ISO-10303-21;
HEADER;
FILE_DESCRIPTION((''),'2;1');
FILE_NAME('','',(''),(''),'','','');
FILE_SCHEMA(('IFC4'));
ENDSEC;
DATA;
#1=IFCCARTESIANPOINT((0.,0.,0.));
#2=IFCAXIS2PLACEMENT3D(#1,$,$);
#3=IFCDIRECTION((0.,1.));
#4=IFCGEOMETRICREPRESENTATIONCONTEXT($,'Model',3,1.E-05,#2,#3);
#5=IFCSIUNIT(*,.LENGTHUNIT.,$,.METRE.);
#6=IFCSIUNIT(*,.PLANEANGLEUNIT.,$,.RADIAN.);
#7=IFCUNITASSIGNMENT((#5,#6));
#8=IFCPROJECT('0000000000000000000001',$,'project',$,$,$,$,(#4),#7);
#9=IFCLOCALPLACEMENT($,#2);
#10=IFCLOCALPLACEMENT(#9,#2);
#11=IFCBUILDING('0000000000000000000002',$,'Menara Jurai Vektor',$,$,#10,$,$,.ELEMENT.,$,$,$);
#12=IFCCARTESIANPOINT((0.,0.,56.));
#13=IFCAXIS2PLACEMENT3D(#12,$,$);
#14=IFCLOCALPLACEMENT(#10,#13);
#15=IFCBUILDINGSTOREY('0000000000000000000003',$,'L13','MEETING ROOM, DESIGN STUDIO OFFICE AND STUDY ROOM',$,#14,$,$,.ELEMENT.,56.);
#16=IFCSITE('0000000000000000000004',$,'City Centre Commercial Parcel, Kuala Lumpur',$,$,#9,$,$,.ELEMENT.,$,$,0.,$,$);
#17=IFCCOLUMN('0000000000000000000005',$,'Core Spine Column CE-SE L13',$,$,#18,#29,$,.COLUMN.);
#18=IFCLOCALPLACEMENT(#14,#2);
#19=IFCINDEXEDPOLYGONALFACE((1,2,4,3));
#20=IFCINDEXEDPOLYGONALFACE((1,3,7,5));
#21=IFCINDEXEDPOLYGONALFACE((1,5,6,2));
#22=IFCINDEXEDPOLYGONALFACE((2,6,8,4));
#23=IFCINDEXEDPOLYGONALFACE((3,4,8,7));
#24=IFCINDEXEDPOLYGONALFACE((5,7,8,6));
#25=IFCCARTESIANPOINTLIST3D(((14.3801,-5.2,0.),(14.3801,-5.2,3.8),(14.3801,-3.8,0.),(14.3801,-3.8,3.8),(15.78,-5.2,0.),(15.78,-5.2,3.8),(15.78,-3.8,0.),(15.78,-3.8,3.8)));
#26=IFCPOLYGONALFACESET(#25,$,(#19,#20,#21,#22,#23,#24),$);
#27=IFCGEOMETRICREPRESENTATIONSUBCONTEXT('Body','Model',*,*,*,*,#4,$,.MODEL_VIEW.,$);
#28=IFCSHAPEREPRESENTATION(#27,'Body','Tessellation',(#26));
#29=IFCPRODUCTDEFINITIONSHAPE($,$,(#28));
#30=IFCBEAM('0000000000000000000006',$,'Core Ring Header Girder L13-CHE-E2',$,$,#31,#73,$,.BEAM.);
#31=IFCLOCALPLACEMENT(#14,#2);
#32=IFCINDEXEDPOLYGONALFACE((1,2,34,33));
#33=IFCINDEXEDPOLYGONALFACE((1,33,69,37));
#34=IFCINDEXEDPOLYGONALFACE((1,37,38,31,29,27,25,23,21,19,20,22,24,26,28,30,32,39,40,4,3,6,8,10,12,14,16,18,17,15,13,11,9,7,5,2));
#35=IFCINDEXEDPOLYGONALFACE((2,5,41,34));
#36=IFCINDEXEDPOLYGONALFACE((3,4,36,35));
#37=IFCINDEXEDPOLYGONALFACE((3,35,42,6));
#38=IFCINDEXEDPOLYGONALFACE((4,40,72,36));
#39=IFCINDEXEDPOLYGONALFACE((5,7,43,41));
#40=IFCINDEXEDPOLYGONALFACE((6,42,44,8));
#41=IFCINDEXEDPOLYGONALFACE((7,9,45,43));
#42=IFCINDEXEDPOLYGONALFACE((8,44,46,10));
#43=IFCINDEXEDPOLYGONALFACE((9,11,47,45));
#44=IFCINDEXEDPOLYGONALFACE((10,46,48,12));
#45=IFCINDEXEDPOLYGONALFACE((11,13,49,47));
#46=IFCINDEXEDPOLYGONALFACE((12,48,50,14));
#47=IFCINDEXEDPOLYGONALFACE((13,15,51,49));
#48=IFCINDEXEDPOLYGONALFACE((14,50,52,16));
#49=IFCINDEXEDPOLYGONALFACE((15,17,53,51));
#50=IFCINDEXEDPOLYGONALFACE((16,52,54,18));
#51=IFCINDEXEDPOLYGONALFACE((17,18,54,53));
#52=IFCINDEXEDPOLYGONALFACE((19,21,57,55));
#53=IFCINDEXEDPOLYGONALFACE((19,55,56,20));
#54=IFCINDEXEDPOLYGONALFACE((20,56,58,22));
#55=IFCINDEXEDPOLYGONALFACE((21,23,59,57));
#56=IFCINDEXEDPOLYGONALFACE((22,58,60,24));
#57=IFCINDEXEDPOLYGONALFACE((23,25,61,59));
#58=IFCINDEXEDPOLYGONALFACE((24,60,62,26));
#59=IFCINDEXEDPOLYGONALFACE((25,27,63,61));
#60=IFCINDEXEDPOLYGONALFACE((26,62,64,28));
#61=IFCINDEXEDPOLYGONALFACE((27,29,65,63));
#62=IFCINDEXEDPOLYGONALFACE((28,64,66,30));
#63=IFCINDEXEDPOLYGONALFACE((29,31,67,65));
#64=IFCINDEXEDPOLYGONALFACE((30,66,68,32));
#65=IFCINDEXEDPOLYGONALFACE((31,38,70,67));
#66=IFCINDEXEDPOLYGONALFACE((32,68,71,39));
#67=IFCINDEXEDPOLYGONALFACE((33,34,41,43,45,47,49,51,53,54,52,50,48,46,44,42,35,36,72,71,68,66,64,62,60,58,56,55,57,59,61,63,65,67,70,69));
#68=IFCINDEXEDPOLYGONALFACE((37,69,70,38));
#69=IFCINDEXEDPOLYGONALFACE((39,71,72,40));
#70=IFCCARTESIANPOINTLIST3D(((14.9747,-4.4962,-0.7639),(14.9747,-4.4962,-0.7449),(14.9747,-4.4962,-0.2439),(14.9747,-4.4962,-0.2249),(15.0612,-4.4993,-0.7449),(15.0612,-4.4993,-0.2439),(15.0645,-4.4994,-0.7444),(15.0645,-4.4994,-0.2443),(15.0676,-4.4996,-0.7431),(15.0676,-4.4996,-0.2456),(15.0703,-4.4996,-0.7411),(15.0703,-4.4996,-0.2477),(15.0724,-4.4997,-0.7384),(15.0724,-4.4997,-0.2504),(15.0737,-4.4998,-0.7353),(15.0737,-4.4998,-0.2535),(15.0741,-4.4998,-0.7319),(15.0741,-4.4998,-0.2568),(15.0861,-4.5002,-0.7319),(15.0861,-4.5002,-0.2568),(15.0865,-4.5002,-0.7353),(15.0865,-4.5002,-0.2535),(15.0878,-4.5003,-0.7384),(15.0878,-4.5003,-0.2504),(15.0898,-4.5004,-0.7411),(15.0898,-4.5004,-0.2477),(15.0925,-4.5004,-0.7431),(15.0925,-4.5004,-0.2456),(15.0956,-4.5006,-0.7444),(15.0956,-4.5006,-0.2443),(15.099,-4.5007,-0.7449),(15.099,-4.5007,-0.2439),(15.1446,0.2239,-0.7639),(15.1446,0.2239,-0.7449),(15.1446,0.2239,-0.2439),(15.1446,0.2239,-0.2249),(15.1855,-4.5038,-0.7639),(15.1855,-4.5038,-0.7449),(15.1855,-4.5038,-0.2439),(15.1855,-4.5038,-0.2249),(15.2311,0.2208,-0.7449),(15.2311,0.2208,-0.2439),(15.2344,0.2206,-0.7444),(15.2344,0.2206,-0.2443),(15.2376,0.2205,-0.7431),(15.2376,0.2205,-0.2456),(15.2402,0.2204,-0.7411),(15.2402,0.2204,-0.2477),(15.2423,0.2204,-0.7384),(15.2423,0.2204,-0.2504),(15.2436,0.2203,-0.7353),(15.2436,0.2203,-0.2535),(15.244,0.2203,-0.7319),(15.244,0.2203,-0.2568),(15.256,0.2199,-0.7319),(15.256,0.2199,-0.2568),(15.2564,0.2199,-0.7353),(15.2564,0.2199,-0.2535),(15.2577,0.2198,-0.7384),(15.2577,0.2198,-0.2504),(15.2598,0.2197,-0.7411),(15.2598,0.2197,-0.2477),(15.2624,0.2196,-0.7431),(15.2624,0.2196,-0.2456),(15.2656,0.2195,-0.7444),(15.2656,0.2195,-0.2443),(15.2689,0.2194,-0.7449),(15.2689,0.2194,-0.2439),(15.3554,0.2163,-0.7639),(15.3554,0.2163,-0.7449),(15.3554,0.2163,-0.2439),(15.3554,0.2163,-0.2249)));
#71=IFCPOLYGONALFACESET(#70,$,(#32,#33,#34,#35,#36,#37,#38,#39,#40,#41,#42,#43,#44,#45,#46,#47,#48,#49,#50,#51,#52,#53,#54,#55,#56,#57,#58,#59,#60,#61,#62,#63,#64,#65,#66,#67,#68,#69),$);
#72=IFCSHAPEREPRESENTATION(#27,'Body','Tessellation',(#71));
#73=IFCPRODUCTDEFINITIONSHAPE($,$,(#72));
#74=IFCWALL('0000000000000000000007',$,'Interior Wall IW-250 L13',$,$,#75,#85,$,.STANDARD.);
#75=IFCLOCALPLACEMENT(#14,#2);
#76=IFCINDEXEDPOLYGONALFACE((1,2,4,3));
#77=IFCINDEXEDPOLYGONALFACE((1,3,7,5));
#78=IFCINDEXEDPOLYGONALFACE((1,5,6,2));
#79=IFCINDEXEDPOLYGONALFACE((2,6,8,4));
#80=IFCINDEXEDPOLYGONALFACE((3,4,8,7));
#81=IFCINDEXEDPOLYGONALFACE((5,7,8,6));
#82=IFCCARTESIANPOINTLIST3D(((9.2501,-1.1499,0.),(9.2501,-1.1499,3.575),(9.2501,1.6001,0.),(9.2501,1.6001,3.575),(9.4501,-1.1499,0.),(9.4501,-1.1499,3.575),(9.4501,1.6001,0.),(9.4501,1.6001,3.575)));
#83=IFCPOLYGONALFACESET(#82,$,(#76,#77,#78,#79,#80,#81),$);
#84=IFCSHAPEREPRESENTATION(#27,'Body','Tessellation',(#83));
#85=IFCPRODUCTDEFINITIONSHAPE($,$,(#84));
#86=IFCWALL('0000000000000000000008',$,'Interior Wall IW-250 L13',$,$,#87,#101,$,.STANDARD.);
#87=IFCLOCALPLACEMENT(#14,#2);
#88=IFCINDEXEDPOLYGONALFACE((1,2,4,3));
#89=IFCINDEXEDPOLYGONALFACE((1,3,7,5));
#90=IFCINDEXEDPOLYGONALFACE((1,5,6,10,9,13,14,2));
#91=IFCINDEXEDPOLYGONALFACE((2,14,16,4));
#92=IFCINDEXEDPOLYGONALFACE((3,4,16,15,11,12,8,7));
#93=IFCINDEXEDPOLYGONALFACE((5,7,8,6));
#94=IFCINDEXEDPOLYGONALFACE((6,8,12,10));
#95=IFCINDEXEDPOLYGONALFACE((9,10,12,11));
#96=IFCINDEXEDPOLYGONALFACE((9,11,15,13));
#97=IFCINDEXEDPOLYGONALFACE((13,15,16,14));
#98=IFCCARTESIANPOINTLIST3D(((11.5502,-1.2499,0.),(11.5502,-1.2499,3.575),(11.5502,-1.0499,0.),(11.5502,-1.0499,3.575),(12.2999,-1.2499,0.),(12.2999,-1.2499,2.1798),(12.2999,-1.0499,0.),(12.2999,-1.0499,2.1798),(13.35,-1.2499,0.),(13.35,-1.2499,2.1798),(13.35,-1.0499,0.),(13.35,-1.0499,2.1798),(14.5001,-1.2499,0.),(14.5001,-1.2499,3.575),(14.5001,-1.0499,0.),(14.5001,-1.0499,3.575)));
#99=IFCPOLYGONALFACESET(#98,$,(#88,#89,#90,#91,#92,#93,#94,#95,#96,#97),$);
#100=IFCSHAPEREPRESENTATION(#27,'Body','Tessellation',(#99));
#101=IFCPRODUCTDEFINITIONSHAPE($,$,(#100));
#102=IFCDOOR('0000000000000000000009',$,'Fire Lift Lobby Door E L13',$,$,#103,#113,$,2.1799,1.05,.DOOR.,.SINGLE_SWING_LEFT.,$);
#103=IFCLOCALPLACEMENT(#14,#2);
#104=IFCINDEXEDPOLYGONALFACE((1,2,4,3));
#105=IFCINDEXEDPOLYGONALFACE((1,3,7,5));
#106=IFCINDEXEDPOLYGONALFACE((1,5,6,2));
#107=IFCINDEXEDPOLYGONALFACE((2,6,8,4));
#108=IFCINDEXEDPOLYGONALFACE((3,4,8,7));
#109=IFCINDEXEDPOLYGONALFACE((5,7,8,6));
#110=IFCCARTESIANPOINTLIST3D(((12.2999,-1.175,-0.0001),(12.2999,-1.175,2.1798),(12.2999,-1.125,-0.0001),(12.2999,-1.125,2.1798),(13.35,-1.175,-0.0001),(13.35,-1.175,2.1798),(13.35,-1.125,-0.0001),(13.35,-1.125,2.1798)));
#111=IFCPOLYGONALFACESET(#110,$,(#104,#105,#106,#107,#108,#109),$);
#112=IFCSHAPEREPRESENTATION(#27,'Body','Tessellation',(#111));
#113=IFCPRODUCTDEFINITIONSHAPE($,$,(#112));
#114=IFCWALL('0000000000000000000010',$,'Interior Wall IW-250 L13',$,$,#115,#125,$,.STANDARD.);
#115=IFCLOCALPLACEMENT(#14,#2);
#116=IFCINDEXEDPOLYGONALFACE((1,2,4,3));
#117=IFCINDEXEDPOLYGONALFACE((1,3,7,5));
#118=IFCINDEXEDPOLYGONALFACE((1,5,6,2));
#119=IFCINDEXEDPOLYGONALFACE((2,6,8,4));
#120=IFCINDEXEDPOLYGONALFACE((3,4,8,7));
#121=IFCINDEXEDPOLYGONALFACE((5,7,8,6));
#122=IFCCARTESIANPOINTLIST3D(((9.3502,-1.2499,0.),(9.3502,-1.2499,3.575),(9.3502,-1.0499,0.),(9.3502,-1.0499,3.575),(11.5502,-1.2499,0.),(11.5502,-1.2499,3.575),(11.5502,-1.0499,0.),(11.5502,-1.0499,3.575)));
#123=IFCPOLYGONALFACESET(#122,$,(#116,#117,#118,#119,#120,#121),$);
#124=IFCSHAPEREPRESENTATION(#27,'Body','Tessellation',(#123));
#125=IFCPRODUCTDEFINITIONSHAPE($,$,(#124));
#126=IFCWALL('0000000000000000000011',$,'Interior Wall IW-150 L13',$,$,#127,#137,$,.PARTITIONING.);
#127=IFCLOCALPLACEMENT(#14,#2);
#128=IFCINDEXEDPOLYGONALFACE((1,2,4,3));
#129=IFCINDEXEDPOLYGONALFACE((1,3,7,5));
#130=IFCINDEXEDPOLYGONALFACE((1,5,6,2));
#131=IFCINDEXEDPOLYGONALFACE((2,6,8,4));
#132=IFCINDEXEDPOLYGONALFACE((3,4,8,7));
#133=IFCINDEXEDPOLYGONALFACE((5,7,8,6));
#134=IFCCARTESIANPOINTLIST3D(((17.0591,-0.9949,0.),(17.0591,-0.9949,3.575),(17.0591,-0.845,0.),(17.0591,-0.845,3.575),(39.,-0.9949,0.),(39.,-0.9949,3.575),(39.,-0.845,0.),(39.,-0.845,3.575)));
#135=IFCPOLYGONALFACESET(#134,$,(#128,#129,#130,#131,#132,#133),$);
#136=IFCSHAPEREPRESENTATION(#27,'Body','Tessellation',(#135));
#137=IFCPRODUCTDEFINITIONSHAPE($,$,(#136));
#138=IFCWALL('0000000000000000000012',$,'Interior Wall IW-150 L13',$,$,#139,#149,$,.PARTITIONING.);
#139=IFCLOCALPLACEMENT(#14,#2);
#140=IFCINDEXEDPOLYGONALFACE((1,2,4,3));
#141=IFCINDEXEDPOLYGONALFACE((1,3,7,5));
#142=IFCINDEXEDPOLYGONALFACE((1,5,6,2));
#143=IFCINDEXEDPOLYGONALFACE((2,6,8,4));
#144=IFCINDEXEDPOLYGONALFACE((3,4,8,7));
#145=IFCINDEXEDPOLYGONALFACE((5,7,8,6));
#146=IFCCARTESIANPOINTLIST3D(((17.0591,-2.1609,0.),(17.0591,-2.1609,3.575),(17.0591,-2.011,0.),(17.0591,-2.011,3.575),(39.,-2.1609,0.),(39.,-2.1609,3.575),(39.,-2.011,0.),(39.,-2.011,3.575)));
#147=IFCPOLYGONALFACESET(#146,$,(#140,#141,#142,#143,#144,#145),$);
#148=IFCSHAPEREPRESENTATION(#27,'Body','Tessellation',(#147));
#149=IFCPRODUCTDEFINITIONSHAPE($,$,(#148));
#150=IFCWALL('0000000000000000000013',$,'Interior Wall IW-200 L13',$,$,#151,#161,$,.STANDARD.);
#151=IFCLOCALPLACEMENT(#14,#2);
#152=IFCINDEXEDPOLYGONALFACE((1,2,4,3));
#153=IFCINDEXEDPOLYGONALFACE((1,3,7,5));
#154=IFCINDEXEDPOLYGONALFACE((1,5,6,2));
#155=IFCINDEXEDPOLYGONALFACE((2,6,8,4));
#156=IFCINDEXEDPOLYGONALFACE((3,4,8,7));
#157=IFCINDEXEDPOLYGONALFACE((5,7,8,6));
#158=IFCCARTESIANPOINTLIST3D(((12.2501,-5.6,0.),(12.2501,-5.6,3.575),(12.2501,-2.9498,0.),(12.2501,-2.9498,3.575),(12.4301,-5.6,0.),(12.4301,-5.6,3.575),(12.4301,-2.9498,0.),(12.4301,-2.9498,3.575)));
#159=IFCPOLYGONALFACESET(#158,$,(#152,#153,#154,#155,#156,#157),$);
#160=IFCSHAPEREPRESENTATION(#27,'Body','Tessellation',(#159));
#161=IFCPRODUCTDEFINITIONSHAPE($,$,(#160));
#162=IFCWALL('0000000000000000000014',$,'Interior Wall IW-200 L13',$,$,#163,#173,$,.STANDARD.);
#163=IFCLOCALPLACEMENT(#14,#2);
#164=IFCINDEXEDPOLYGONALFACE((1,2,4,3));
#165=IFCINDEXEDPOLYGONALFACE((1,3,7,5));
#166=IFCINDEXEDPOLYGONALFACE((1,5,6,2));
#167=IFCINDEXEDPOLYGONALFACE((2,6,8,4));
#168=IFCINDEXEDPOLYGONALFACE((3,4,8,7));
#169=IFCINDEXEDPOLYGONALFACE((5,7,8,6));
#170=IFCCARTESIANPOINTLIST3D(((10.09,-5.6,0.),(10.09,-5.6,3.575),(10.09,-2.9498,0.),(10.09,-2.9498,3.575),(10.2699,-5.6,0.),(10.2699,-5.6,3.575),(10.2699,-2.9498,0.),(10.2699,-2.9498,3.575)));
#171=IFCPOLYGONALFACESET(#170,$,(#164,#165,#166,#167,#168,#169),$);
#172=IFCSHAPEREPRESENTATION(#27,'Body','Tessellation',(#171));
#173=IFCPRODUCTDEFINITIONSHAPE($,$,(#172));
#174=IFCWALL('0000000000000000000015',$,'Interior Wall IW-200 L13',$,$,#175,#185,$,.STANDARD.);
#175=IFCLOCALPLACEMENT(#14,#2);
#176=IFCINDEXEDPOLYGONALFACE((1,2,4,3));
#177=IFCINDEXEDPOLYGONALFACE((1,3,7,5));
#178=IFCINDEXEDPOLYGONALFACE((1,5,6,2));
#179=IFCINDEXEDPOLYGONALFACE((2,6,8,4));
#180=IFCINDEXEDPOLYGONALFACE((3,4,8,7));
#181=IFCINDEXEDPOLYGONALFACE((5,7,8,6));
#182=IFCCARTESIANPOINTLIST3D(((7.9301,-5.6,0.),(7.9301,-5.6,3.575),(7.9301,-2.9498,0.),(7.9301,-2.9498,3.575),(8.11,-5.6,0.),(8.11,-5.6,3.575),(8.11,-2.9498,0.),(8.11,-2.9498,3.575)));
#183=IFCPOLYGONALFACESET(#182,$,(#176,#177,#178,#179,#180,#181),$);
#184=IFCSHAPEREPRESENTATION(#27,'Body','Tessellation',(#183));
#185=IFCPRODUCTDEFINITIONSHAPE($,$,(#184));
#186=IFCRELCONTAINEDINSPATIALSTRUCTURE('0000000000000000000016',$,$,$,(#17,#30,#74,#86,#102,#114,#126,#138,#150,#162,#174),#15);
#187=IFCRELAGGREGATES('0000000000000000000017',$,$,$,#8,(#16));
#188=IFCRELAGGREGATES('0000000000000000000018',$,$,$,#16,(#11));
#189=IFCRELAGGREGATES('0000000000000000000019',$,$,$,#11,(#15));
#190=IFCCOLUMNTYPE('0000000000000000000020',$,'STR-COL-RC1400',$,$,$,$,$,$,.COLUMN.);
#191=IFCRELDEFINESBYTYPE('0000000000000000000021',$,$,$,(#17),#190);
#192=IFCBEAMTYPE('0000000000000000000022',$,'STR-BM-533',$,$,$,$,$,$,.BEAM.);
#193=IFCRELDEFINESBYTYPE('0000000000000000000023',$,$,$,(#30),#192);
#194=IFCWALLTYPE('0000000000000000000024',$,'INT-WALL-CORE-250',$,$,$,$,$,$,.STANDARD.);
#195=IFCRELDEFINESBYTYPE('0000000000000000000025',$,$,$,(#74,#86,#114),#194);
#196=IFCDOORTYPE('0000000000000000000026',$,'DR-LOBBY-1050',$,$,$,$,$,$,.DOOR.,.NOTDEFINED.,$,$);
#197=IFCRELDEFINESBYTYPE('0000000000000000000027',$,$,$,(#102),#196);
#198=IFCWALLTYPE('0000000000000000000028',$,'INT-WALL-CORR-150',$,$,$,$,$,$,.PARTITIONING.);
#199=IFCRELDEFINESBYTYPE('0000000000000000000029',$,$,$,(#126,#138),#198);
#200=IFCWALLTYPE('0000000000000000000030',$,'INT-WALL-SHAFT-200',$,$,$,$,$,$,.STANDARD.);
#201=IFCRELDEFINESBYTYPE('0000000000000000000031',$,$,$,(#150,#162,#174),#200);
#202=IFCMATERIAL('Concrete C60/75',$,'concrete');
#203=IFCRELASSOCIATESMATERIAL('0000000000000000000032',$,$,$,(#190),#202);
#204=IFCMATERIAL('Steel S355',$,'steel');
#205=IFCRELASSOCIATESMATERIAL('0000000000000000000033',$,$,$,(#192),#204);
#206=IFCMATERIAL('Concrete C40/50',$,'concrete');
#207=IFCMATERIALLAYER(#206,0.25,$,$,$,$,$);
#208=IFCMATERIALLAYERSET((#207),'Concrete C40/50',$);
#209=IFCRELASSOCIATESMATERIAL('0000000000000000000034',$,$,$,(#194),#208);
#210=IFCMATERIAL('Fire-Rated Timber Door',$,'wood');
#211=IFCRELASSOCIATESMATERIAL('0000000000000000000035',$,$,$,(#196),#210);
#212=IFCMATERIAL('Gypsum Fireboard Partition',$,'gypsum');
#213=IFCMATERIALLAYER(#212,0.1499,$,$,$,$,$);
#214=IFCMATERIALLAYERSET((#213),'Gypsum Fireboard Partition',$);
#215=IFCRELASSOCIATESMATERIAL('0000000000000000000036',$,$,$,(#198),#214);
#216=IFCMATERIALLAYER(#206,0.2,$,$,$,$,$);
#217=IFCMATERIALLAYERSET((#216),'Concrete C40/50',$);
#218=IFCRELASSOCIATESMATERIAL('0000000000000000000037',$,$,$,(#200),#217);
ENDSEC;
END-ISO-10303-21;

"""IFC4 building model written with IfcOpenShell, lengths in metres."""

from ifc_helpers import new_model, si_unit, direction, frame, frame_2d, origin, origin_2d, place, context, subcontext, project, spatial, rectangle, i_section, extrude, material, layer, layer_set, material_profile, profile_set, type_object, element, fill, save


model = new_model("IFC4")

# Units and contexts
model_context = context("Model", 3, precision=1e-05, world=origin(), true_north=direction((0.0, 1.0)))
body_context = subcontext(model_context, "Body", "Model", "MODEL_VIEW")
ifc_project = project(units=[si_unit("LENGTHUNIT", "METRE"), si_unit("PLANEANGLEUNIT", "RADIAN")], contexts=[model_context])

# Site, building, storey
site_placement = place(None, origin())
site = spatial("IfcSite", under=ifc_project, at=site_placement, Name="City Centre Commercial Parcel, Kuala Lumpur", CompositionType="ELEMENT", RefElevation=0.0)
building_placement = place(site_placement, origin())
building = spatial("IfcBuilding", under=site, at=building_placement, Name="Menara Jurai Vektor", CompositionType="ELEMENT")
storey_placement = place(building_placement, frame((0.0, 0.0, 56.0)))
storey = spatial("IfcBuildingStorey", under=building, at=storey_placement, Name="L13", Description="MEETING ROOM, DESIGN STUDIO OFFICE AND STUDY ROOM", CompositionType="ELEMENT", Elevation=56.0)

# Column
ifc_material_1 = material(Name="Concrete C60/75", Category="concrete")
ifc_material_profile_1 = material_profile(ifc_material_1, rectangle(XDim=1.3999, YDim=1.3999, at=origin_2d()), Name="RC 1400x1400")
ifc_profile_set_1 = profile_set([ifc_material_profile_1], Name="Concrete C60/75")
column_type = type_object("IfcColumnType", Name="STR-COL-RC1400", PredefinedType="COLUMN", material=ifc_profile_set_1)
column_placement = place(storey_placement, frame((15.0801, -4.5, 0.0), z_axis=(0.0, 0.0, 1.0), x_axis=(1.0, 0.0, 0.0)))
element("IfcColumn", 1, at=column_placement, inside=storey, type_object=column_type, Name="Core Spine Column CE-SE L13", PredefinedType="COLUMN", context=body_context, shape_type="SweptSolid", body=[
    extrude(rectangle(XDim=1.3999, YDim=1.3999, at=origin_2d()), origin(), (0.0, 0.0, 1.0), 3.8),
])

# Beam
ifc_material_2 = material(Name="Steel S355", Category="steel")
ifc_material_profile_2 = material_profile(ifc_material_2, i_section(OverallWidth=0.2109, OverallDepth=0.5391, WebThickness=0.012, FlangeThickness=0.019, FilletRadius=0.0129, at=origin_2d()), Name="UKB 533x210x109")
ifc_profile_set_2 = profile_set([ifc_material_profile_2], Name="Steel S355")
beam_type = type_object("IfcBeamType", Name="STR-BM-533", PredefinedType="BEAM", material=ifc_profile_set_2)
beam_placement = place(storey_placement, frame((15.0801, -4.5, -0.4944), z_axis=(0.035977, 0.999353, 0.0), x_axis=(-0.999353, 0.035977, 0.0)))
element("IfcBeam", 2, at=beam_placement, inside=storey, type_object=beam_type, Name="Core Ring Header Girder L13-CHE-E2", PredefinedType="BEAM", context=body_context, shape_type="SweptSolid", body=[
    extrude(i_section(OverallWidth=0.2109, OverallDepth=0.5391, WebThickness=0.012, FlangeThickness=0.019, FilletRadius=0.0129, at=origin_2d()), origin(), (0.0, 0.0, 1.0), 4.7231),
])

# Shared definitions
ifc_material_3 = material(Name="Concrete C40/50", Category="concrete")
ifc_layer_1 = layer(ifc_material_3, 0.25)
ifc_layer_set_1 = layer_set([ifc_layer_1], Name="Concrete C40/50")
wall_type_1 = type_object("IfcWallType", Name="INT-WALL-CORE-250", PredefinedType="STANDARD", material=ifc_layer_set_1)

# Wall
wall_1_placement = place(storey_placement, frame((9.3501, -1.1499, 0.0), z_axis=(0.0, 0.0, 1.0), x_axis=(0.0, 1.0, 0.0)))
element("IfcWall", 3, at=wall_1_placement, inside=storey, type_object=wall_type_1, Name="Interior Wall IW-250 L13", PredefinedType="STANDARD", context=body_context, shape_type="SweptSolid", body=[
    extrude(rectangle(XDim=2.75, YDim=0.2, at=frame_2d((1.375, 0.0))), origin(), (0.0, 0.0, 1.0), 3.575),
])

# Wall, opening, door
wall_2_placement = place(storey_placement, frame((11.55, -1.1499, 0.0), z_axis=(0.0, 0.0, 1.0), x_axis=(1.0, 0.0, 0.0)))
wall_2 = element("IfcWall", 4, at=wall_2_placement, inside=storey, type_object=wall_type_1, Name="Interior Wall IW-250 L13", PredefinedType="STANDARD", context=body_context, shape_type="SweptSolid", body=[
    extrude(rectangle(XDim=2.95, YDim=0.2, at=frame_2d((1.4751, 0.0))), origin(), (0.0, 0.0, 1.0), 3.575),
])
opening_1_placement = place(wall_2_placement, frame((0.75, 0.0, 0.0)))
opening_1 = element("IfcOpeningElement", 5, at=opening_1_placement, cuts=wall_2, PredefinedType="OPENING", context=body_context, shape_type="SweptSolid", body=[
    extrude(rectangle(XDim=1.05, YDim=2.1799, at=frame_2d((0.5249, 1.0898))), frame((0.0, 0.1099, 0.0), z_axis=(0.0, -1.0, 0.0), x_axis=(1.0, 0.0, 0.0)), (0.0, 0.0, 1.0), 0.22),
])
ifc_material_4 = material(Name="Fire-Rated Timber Door", Category="wood")
door_type_1 = type_object("IfcDoorType", Name="DR-LOBBY-1050", OperationType="NOTDEFINED", PredefinedType="DOOR", material=ifc_material_4)
door_1_placement = place(opening_1_placement, origin())
door_1 = element("IfcDoor", 6, at=door_1_placement, inside=storey, type_object=door_type_1, Name="Fire Lift Lobby Door E L13", OperationType="SINGLE_SWING_LEFT", OverallHeight=2.1799, OverallWidth=1.05, PredefinedType="DOOR", context=body_context, shape_type="SweptSolid", body=[
    extrude(rectangle(XDim=1.05, YDim=2.1799, at=frame_2d((0.5249, 1.0898))), frame((0.0, 0.0249, 0.0), z_axis=(0.0, -1.0, 0.0), x_axis=(1.0, 0.0, 0.0)), (0.0, 0.0, 1.0), 0.05),
])
fill(opening_1, door_1)

# Wall
wall_3_placement = place(storey_placement, frame((9.3501, -1.1499, 0.0), z_axis=(0.0, 0.0, 1.0), x_axis=(1.0, 0.0, 0.0)))
element("IfcWall", 7, at=wall_3_placement, inside=storey, type_object=wall_type_1, Name="Interior Wall IW-250 L13", PredefinedType="STANDARD", context=body_context, shape_type="SweptSolid", body=[
    extrude(rectangle(XDim=2.2, YDim=0.2, at=frame_2d((1.1001, 0.0))), origin(), (0.0, 0.0, 1.0), 3.575),
])

# Shared definitions
ifc_material_5 = material(Name="Gypsum Fireboard Partition", Category="gypsum")
ifc_layer_2 = layer(ifc_material_5, 0.1499)
ifc_layer_set_2 = layer_set([ifc_layer_2], Name="Gypsum Fireboard Partition")
wall_type_2 = type_object("IfcWallType", Name="INT-WALL-CORR-150", PredefinedType="PARTITIONING", material=ifc_layer_set_2)

# Walls
for number, where, z_axis, x_axis, name in (
    (8, (17.0591, -0.9199, 0.0), (0.0, 0.0, 1.0), (1.0, 0.0, 0.0), "Interior Wall IW-150 L13"),
    (9, (17.0591, -2.0859, 0.0), (0.0, 0.0, 1.0), (1.0, 0.0, 0.0), "Interior Wall IW-150 L13"),
):
    element("IfcWall", number, at=place(storey_placement, frame(where, z_axis=z_axis, x_axis=x_axis)), inside=storey, type_object=wall_type_2, Name=name, PredefinedType="PARTITIONING", context=body_context, shape_type="SweptSolid", body=[
        extrude(rectangle(XDim=21.9409, YDim=0.1499, at=frame_2d((10.9705, 0.0))), origin(), (0.0, 0.0, 1.0), 3.575),
    ])
ifc_layer_3 = layer(ifc_material_3, 0.2)
ifc_layer_set_3 = layer_set([ifc_layer_3], Name="Concrete C40/50")
wall_type_3 = type_object("IfcWallType", Name="INT-WALL-SHAFT-200", PredefinedType="STANDARD", material=ifc_layer_set_3)
for number, where, z_axis, x_axis, name in (
    (10, (12.3401, -5.6001, 0.0), (0.0, 0.0, 1.0), (0.0, 1.0, 0.0), "Interior Wall IW-200 L13"),
    (11, (10.1799, -5.6001, 0.0), (0.0, 0.0, 1.0), (0.0, 1.0, 0.0), "Interior Wall IW-200 L13"),
    (12, (8.02, -5.6001, 0.0), (0.0, 0.0, 1.0), (0.0, 1.0, 0.0), "Interior Wall IW-200 L13"),
):
    element("IfcWall", number, at=place(storey_placement, frame(where, z_axis=z_axis, x_axis=x_axis)), inside=storey, type_object=wall_type_3, Name=name, PredefinedType="STANDARD", context=body_context, shape_type="SweptSolid", body=[
        extrude(rectangle(XDim=2.6501, YDim=0.1799, at=frame_2d((1.3252, 0.0))), origin(), (0.0, 0.0, 1.0), 3.575),
    ])

save(model, "model.ifc")
